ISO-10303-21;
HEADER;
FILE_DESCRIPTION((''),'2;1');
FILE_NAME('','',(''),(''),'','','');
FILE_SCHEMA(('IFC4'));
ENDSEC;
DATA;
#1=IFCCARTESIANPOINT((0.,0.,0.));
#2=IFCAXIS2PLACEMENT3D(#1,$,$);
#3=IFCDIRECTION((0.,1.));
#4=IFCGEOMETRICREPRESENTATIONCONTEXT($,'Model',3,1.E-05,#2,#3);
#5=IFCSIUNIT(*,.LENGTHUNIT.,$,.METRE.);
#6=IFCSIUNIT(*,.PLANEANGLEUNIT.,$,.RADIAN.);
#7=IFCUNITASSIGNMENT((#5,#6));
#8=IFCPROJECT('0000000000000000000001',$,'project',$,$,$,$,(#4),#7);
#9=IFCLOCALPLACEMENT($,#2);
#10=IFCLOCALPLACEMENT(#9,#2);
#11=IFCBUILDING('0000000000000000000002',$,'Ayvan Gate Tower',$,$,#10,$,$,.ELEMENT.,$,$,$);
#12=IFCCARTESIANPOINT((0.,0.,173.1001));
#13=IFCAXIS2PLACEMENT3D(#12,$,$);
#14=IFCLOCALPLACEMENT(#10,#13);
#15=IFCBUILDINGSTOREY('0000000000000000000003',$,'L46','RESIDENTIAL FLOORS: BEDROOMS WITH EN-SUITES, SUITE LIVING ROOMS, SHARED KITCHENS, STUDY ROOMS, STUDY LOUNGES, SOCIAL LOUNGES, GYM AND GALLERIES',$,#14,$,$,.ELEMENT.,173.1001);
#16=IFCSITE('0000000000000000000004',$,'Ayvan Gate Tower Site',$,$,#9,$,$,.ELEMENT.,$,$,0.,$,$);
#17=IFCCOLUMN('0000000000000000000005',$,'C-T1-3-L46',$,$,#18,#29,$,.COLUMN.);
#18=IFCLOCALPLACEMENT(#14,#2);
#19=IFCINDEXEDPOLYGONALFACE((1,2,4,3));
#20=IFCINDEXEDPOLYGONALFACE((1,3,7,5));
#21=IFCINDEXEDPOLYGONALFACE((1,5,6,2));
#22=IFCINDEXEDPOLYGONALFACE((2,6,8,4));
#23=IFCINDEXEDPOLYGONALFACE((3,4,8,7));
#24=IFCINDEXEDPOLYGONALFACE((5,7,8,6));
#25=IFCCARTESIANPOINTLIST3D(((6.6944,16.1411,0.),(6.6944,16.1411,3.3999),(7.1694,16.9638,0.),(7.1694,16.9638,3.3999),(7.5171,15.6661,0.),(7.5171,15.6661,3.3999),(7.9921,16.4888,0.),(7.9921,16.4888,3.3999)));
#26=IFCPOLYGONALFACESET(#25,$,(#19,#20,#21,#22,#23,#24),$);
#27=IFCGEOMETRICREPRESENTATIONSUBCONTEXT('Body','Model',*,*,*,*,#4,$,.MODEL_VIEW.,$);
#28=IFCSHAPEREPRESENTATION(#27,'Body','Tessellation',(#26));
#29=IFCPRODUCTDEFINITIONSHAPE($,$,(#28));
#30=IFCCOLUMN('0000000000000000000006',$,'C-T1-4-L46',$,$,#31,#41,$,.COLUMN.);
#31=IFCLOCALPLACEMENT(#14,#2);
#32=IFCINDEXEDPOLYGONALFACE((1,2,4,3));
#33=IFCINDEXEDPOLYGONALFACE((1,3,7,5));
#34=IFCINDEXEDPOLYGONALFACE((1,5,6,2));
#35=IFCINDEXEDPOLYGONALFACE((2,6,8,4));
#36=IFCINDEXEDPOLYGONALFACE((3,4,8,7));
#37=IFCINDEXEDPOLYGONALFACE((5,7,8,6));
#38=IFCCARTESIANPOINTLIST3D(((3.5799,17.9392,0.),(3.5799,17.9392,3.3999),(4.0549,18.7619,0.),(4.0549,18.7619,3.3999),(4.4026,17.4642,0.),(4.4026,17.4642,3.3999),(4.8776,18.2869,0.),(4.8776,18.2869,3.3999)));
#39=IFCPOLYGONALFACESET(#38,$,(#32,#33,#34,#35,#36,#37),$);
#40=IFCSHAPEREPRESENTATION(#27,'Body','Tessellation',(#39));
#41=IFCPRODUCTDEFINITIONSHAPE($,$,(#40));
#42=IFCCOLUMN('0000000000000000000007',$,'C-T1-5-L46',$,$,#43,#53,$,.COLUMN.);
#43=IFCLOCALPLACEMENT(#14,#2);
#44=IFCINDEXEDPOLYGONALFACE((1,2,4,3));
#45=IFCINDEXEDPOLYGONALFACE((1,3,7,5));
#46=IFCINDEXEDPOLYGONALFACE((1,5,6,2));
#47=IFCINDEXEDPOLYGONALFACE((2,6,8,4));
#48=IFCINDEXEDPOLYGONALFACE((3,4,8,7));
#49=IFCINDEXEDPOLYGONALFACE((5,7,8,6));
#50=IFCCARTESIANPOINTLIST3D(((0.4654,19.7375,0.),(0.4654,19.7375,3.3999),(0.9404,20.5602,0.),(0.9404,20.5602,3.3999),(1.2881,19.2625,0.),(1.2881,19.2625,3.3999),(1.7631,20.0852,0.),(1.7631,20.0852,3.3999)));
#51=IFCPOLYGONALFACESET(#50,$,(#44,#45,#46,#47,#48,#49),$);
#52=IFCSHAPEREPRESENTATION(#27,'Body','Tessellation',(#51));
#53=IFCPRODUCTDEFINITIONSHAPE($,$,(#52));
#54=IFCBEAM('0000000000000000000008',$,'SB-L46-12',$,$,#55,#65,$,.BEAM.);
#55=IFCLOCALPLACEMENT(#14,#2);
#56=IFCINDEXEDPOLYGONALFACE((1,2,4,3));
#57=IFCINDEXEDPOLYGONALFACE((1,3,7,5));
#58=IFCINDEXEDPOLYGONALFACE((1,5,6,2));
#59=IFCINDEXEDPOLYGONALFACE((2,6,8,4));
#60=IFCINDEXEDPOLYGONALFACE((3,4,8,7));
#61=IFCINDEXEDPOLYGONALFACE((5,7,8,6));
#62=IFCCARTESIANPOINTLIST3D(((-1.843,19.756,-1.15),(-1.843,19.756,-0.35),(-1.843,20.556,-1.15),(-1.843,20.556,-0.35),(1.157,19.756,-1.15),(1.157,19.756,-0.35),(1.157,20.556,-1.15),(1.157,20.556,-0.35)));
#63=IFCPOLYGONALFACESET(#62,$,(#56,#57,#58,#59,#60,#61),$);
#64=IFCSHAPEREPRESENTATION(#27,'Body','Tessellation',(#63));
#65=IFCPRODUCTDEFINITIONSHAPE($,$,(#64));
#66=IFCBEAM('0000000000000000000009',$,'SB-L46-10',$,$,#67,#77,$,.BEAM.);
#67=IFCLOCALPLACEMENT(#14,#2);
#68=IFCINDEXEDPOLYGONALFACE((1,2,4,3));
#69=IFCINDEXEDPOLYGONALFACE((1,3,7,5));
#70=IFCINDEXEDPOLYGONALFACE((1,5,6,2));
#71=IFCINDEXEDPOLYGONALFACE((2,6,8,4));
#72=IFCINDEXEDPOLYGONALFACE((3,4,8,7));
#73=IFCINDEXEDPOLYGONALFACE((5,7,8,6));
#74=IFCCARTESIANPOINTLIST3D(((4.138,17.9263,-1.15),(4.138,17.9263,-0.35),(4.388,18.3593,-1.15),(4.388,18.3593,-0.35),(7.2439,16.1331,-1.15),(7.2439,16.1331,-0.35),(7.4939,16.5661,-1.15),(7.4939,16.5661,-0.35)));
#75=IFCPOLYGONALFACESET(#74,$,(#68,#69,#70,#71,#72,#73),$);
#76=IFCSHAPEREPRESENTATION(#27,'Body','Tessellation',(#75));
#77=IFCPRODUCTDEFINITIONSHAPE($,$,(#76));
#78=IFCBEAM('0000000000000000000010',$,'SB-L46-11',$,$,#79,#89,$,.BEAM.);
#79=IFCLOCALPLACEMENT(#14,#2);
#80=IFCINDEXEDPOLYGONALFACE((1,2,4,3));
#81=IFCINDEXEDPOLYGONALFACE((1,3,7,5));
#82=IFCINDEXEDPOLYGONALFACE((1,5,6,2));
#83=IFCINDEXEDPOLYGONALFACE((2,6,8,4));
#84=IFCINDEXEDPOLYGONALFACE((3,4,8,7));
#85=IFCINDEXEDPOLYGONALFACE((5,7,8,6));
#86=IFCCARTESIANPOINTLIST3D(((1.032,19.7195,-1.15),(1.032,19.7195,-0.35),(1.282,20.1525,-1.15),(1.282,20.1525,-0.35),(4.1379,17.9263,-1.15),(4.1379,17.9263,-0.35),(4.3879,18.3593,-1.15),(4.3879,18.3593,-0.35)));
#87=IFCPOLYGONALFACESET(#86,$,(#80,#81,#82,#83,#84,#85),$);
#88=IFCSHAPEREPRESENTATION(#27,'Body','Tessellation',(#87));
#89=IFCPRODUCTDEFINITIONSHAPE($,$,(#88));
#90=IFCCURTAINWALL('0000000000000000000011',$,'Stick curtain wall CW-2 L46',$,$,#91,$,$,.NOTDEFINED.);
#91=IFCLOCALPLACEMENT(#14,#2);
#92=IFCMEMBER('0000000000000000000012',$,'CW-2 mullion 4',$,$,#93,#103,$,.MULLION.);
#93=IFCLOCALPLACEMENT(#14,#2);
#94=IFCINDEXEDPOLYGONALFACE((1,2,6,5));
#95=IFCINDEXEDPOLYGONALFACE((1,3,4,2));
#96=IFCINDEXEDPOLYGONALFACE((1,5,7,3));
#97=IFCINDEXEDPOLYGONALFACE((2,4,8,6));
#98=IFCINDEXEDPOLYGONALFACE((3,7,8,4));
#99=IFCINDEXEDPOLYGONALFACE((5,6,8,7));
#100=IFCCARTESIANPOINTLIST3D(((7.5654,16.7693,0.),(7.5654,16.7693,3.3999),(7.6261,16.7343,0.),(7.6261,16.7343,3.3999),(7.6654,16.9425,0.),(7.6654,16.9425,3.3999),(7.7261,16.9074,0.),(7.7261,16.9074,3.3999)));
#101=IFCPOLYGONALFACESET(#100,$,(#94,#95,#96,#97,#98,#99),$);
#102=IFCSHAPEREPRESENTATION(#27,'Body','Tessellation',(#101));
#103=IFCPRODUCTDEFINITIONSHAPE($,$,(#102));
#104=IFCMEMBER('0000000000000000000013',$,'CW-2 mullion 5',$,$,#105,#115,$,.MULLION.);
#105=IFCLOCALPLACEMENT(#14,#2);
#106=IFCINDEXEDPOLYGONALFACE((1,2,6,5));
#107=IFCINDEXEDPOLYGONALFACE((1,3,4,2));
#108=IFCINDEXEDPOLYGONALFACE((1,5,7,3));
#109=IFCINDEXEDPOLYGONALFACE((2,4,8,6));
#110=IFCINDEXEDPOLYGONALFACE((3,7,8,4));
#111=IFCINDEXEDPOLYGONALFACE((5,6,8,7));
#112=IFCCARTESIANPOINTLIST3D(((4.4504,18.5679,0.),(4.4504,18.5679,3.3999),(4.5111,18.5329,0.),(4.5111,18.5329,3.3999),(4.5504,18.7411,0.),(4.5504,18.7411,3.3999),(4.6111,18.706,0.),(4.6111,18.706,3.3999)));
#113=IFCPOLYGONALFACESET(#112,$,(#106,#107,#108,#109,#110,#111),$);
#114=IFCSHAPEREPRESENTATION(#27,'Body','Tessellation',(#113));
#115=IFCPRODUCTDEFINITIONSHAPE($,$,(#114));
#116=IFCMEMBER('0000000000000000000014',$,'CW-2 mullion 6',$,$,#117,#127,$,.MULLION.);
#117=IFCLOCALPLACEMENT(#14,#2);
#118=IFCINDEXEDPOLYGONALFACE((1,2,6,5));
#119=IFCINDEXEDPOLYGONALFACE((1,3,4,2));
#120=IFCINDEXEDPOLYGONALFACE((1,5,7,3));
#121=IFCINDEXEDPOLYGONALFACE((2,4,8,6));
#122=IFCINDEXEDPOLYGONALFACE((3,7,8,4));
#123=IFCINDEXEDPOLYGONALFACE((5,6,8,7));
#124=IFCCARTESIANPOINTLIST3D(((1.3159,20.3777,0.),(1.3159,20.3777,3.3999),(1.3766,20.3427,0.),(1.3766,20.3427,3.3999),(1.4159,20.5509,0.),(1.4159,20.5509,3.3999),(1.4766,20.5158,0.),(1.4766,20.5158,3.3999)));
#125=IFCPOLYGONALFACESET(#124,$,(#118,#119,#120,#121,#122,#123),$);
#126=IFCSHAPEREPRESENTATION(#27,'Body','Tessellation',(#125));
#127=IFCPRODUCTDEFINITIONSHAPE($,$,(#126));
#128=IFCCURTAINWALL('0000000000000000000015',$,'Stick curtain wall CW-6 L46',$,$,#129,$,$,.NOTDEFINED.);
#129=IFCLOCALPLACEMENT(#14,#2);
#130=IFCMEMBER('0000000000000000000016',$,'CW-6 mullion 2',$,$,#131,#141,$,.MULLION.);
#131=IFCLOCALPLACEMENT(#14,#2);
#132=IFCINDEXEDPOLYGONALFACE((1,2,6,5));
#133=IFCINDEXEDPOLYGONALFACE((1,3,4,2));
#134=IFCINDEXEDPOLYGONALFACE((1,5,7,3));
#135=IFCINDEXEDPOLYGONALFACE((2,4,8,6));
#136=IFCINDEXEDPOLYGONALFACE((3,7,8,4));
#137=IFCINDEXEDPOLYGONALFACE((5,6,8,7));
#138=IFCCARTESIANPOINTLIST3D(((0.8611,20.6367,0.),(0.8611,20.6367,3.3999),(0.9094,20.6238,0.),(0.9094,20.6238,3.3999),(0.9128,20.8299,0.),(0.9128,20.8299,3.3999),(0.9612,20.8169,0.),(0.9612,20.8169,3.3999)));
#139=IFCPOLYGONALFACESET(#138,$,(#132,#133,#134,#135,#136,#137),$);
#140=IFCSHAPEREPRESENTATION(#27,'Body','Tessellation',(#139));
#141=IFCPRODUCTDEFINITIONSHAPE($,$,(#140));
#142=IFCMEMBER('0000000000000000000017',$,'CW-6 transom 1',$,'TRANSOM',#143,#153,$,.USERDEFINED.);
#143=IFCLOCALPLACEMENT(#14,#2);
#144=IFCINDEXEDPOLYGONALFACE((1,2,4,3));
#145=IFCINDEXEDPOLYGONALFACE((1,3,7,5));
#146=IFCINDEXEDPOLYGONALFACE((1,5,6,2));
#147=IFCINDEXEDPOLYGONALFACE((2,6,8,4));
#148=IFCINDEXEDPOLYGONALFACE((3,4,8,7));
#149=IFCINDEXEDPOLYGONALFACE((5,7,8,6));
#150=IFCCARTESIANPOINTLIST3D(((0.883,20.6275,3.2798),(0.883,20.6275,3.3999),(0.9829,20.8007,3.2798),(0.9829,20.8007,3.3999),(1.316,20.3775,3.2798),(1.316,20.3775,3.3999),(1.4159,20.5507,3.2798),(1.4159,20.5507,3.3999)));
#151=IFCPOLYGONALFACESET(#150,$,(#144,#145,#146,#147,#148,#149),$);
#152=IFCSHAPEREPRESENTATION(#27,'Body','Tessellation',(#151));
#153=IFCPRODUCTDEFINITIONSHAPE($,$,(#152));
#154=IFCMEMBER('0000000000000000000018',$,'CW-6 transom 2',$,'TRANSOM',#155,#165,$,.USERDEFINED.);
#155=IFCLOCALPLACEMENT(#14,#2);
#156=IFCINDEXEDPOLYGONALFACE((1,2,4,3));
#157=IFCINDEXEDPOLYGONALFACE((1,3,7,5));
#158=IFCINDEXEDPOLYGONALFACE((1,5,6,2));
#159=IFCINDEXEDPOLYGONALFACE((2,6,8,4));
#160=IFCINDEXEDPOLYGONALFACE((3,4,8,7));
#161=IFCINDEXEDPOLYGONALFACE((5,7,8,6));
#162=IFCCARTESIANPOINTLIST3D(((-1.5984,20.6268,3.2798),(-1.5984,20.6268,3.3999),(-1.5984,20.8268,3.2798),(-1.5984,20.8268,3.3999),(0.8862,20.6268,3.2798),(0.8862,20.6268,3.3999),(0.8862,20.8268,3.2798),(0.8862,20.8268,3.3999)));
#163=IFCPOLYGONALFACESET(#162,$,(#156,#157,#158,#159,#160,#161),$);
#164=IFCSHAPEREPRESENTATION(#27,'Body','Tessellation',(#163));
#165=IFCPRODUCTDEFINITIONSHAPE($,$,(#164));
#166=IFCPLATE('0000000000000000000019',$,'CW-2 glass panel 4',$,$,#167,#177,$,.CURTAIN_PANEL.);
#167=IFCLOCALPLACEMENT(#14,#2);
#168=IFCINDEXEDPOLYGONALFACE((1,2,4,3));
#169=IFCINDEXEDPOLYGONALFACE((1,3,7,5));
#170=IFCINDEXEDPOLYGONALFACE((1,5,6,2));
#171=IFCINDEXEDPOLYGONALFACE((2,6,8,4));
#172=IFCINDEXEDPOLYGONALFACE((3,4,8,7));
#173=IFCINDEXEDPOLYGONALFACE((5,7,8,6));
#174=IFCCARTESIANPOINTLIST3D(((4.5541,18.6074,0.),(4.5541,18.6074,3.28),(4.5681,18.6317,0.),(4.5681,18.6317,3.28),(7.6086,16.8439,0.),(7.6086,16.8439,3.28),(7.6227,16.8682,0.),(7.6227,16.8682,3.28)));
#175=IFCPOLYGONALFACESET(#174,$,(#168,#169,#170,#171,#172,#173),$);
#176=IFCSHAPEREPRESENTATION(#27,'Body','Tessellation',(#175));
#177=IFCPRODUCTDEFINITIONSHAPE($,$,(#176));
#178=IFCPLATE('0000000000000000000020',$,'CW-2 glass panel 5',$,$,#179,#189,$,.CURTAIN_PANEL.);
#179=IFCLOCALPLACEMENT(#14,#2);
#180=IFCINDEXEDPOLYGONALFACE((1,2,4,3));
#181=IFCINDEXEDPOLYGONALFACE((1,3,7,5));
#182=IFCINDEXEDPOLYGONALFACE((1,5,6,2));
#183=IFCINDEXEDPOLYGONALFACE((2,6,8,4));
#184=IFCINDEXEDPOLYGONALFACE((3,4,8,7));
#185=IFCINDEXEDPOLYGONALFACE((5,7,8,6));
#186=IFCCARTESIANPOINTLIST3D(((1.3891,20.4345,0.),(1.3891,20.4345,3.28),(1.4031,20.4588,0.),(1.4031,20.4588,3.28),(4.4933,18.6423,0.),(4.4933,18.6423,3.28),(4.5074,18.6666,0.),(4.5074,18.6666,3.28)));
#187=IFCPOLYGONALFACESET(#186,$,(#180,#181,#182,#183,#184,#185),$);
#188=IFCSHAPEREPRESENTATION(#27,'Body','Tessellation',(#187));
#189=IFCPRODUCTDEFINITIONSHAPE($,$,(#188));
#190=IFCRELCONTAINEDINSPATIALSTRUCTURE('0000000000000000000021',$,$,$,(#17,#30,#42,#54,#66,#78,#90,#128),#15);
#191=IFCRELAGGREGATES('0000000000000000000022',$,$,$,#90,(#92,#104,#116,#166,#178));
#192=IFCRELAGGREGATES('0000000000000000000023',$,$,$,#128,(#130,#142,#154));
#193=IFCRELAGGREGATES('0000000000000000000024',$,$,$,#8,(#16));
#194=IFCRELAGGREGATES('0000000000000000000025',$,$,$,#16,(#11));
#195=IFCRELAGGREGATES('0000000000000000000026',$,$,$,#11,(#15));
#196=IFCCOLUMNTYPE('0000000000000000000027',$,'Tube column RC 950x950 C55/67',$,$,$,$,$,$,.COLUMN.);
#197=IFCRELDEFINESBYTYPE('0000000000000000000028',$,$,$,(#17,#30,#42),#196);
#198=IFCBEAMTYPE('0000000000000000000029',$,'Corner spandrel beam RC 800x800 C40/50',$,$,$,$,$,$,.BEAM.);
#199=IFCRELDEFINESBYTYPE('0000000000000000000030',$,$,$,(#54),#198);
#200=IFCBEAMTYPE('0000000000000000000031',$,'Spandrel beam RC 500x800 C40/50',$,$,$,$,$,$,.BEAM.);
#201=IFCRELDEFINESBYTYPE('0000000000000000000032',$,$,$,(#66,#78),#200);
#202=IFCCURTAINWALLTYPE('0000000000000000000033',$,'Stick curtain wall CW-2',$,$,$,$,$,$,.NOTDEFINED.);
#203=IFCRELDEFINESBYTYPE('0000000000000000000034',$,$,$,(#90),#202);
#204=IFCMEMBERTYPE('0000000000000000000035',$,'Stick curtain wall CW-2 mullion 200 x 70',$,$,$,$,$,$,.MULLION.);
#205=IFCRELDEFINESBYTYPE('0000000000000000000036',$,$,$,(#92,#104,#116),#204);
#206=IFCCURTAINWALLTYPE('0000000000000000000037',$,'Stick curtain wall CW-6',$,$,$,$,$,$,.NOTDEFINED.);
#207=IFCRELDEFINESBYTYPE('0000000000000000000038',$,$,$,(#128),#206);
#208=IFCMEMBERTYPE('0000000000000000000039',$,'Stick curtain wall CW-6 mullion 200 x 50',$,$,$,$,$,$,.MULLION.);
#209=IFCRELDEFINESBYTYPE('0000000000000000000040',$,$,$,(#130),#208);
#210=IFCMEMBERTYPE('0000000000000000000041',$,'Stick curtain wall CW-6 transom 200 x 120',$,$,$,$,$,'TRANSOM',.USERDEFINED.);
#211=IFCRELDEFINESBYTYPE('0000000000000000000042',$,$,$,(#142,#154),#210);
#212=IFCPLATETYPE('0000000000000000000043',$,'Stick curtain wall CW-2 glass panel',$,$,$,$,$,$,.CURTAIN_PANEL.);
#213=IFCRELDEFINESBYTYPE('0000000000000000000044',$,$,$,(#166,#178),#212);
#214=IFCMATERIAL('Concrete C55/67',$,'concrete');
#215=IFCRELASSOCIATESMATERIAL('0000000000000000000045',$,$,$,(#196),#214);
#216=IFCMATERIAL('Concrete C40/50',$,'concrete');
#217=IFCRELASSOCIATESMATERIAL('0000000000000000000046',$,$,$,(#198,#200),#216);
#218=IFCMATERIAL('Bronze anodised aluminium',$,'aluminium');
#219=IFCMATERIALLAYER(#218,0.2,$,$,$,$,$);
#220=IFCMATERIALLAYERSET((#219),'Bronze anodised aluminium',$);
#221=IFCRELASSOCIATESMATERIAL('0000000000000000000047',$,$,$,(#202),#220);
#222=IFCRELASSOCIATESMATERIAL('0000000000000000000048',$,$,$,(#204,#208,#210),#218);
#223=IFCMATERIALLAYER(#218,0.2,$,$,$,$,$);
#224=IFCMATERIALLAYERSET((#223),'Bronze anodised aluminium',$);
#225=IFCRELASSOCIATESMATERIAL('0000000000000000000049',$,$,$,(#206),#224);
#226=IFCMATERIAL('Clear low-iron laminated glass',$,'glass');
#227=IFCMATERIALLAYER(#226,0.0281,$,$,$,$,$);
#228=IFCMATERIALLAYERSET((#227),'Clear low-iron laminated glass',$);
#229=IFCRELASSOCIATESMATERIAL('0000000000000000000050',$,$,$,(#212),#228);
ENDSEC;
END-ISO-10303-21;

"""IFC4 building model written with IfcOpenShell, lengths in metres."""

from ifc_helpers import new_model, si_unit, direction, frame, origin, origin_2d, place, context, subcontext, project, spatial, rectangle, extrude, material, layer, layer_set, material_profile, profile_set, type_object, element, aggregate, save


model = new_model("IFC4")

# Units and contexts
model_context = context("Model", 3, precision=1e-05, world=origin(), true_north=direction((0.0, 1.0)))
body_context = subcontext(model_context, "Body", "Model", "MODEL_VIEW")
ifc_project = project(units=[si_unit("LENGTHUNIT", "METRE"), si_unit("PLANEANGLEUNIT", "RADIAN")], contexts=[model_context])

# Site, building, storey
site_placement = place(None, origin())
site = spatial("IfcSite", under=ifc_project, at=site_placement, Name="Ayvan Gate Tower Site", CompositionType="ELEMENT", RefElevation=0.0)
building_placement = place(site_placement, origin())
building = spatial("IfcBuilding", under=site, at=building_placement, Name="Ayvan Gate Tower", CompositionType="ELEMENT")
storey_placement = place(building_placement, frame((0.0, 0.0, 173.1001)))
storey = spatial("IfcBuildingStorey", under=building, at=storey_placement, Name="L46", Description="RESIDENTIAL FLOORS: BEDROOMS WITH EN-SUITES, SUITE LIVING ROOMS, SHARED KITCHENS, STUDY ROOMS, STUDY LOUNGES, SOCIAL LOUNGES, GYM AND GALLERIES", CompositionType="ELEMENT", Elevation=173.1001)

# Columns
ifc_material_1 = material(Name="Concrete C55/67", Category="concrete")
ifc_material_profile_1 = material_profile(ifc_material_1, rectangle(XDim=0.95, YDim=0.95, at=origin_2d()), Name="RC 950x950")
ifc_profile_set_1 = profile_set([ifc_material_profile_1], Name="Concrete C55/67")
column_type = type_object("IfcColumnType", Name="Tube column RC 950x950 C55/67", PredefinedType="COLUMN", material=ifc_profile_set_1)
for number, where, z_axis, x_axis, name in (
    (1, (7.3433, 16.3149, 0.0), (0.0, 0.0, 1.0), (0.5, 0.866025, 0.0), "C-T1-3-L46"),
    (2, (4.2288, 18.113, 0.0), (0.0, 0.0, 1.0), (0.5, 0.866025, 0.0), "C-T1-4-L46"),
    (3, (1.1143, 19.9114, 0.0), (0.0, 0.0, 1.0), (0.5, 0.866025, 0.0), "C-T1-5-L46"),
):
    element("IfcColumn", number, at=place(storey_placement, frame(where, z_axis=z_axis, x_axis=x_axis)), inside=storey, type_object=column_type, Name=name, PredefinedType="COLUMN", context=body_context, shape_type="SweptSolid", body=[
        extrude(rectangle(XDim=0.95, YDim=0.95, at=origin_2d()), origin(), (0.0, 0.0, 1.0), 3.3999),
    ])

# Beams
ifc_material_2 = material(Name="Concrete C40/50", Category="concrete")
ifc_material_profile_2 = material_profile(ifc_material_2, rectangle(XDim=0.8, YDim=0.8, at=origin_2d()), Name="RC 800x800")
ifc_profile_set_2 = profile_set([ifc_material_profile_2], Name="Concrete C40/50")
beam_type_1 = type_object("IfcBeamType", Name="Corner spandrel beam RC 800x800 C40/50", PredefinedType="BEAM", material=ifc_profile_set_2)
beam_placement = place(storey_placement, frame((1.157, 20.156, -0.75), z_axis=(-1.0, 0.0, 0.0), x_axis=(0.0, -1.0, 0.0)))
element("IfcBeam", 4, at=beam_placement, inside=storey, type_object=beam_type_1, Name="SB-L46-12", PredefinedType="BEAM", context=body_context, shape_type="SweptSolid", body=[
    extrude(rectangle(XDim=0.8, YDim=0.8, at=origin_2d()), origin(), (0.0, 0.0, 1.0), 3.0),
])
ifc_material_profile_3 = material_profile(ifc_material_2, rectangle(XDim=0.5, YDim=0.8, at=origin_2d()), Name="RC 500x800")
ifc_profile_set_3 = profile_set([ifc_material_profile_3], Name="Concrete C40/50")
beam_type_2 = type_object("IfcBeamType", Name="Spandrel beam RC 500x800 C40/50", PredefinedType="BEAM", material=ifc_profile_set_3)
for number, where, z_axis, x_axis, name in (
    (5, (7.3689, 16.3496, -0.75), (-0.866027, 0.499997, 0.0), (-0.499997, -0.866027, 0.0), "SB-L46-10"),
    (6, (4.2629, 18.1428, -0.75), (-0.866027, 0.499997, 0.0), (-0.499997, -0.866027, 0.0), "SB-L46-11"),
):
    element("IfcBeam", number, at=place(storey_placement, frame(where, z_axis=z_axis, x_axis=x_axis)), inside=storey, type_object=beam_type_2, Name=name, PredefinedType="BEAM", context=body_context, shape_type="SweptSolid", body=[
        extrude(rectangle(XDim=0.5, YDim=0.8, at=origin_2d()), origin(), (0.0, 0.0, 1.0), 3.5864),
    ])

# Curtain walls, members
ifc_material_3 = material(Name="Bronze anodised aluminium", Category="aluminium")
ifc_layer_1 = layer(ifc_material_3, 0.2)
ifc_layer_set_1 = layer_set([ifc_layer_1], Name="Bronze anodised aluminium")
curtain_wall_type_1 = type_object("IfcCurtainWallType", Name="Stick curtain wall CW-2", PredefinedType="NOTDEFINED", material=ifc_layer_set_1)
curtain_wall_1_placement = place(storey_placement, origin())
curtain_wall_1 = element("IfcCurtainWall", 7, at=curtain_wall_1_placement, inside=storey, type_object=curtain_wall_type_1, Name="Stick curtain wall CW-2 L46", PredefinedType="NOTDEFINED")
ifc_material_profile_4 = material_profile(ifc_material_3, rectangle(XDim=0.2, YDim=0.0701, at=origin_2d()), Name="Stick curtain wall CW-2 mullion 200 x 70")
ifc_profile_set_4 = profile_set([ifc_material_profile_4], Name="Bronze anodised aluminium")
member_type_1 = type_object("IfcMemberType", Name="Stick curtain wall CW-2 mullion 200 x 70", PredefinedType="MULLION", material=ifc_profile_set_4)
member_1_placement = place(storey_placement, frame((7.6458, 16.8384, 0.0), z_axis=(0.0, 0.0, 1.0), x_axis=(0.5, 0.866025, 0.0)))
member_1 = element("IfcMember", 8, at=member_1_placement, type_object=member_type_1, Name="CW-2 mullion 4", PredefinedType="MULLION", context=body_context, shape_type="SweptSolid", body=[
    extrude(rectangle(XDim=0.2, YDim=0.0701, at=origin_2d()), origin(), (0.0, 0.0, 1.0), 3.3999),
])
member_2_placement = place(storey_placement, frame((4.5308, 18.637, 0.0), z_axis=(0.0, 0.0, 1.0), x_axis=(0.5, 0.866025, 0.0)))
member_2 = element("IfcMember", 9, at=member_2_placement, type_object=member_type_1, Name="CW-2 mullion 5", PredefinedType="MULLION", context=body_context, shape_type="SweptSolid", body=[
    extrude(rectangle(XDim=0.2, YDim=0.0701, at=origin_2d()), origin(), (0.0, 0.0, 1.0), 3.3999),
])
member_3_placement = place(storey_placement, frame((1.3962, 20.4468, 0.0), z_axis=(0.0, 0.0, 1.0), x_axis=(0.5, 0.866025, 0.0)))
member_3 = element("IfcMember", 10, at=member_3_placement, type_object=member_type_1, Name="CW-2 mullion 6", PredefinedType="MULLION", context=body_context, shape_type="SweptSolid", body=[
    extrude(rectangle(XDim=0.2, YDim=0.0701, at=origin_2d()), origin(), (0.0, 0.0, 1.0), 3.3999),
])
ifc_layer_2 = layer(ifc_material_3, 0.2)
ifc_layer_set_2 = layer_set([ifc_layer_2], Name="Bronze anodised aluminium")
curtain_wall_type_2 = type_object("IfcCurtainWallType", Name="Stick curtain wall CW-6", PredefinedType="NOTDEFINED", material=ifc_layer_set_2)
curtain_wall_2_placement = place(storey_placement, origin())
curtain_wall_2 = element("IfcCurtainWall", 11, at=curtain_wall_2_placement, inside=storey, type_object=curtain_wall_type_2, Name="Stick curtain wall CW-6 L46", PredefinedType="NOTDEFINED")
ifc_material_profile_5 = material_profile(ifc_material_3, rectangle(XDim=0.2, YDim=0.05, at=origin_2d()), Name="Stick curtain wall CW-6 mullion 200 x 50")
ifc_profile_set_5 = profile_set([ifc_material_profile_5], Name="Bronze anodised aluminium")
member_type_2 = type_object("IfcMemberType", Name="Stick curtain wall CW-6 mullion 200 x 50", PredefinedType="MULLION", material=ifc_profile_set_5)
member_4_placement = place(storey_placement, frame((0.9111, 20.7268, 0.0), z_axis=(0.0, 0.0, 1.0), x_axis=(0.258819, 0.965926, 0.0)))
member_4 = element("IfcMember", 12, at=member_4_placement, type_object=member_type_2, Name="CW-6 mullion 2", PredefinedType="MULLION", context=body_context, shape_type="SweptSolid", body=[
    extrude(rectangle(XDim=0.2, YDim=0.05, at=origin_2d()), origin(), (0.0, 0.0, 1.0), 3.3999),
])
ifc_material_profile_6 = material_profile(ifc_material_3, rectangle(XDim=0.2, YDim=0.1201, at=origin_2d()), Name="Stick curtain wall CW-6 transom 200 x 120")
ifc_profile_set_6 = profile_set([ifc_material_profile_6], Name="Bronze anodised aluminium")
member_type_3 = type_object("IfcMemberType", Name="Stick curtain wall CW-6 transom 200 x 120", ElementType="TRANSOM", PredefinedType="USERDEFINED", material=ifc_profile_set_6)
member_5_placement = place(storey_placement, frame((1.366, 20.4641, 3.3398), z_axis=(-0.866072, 0.49992, 0.0), x_axis=(-0.49992, -0.866072, 0.0)))
member_5 = element("IfcMember", 13, at=member_5_placement, type_object=member_type_3, Name="CW-6 transom 1", ObjectType="TRANSOM", PredefinedType="USERDEFINED", context=body_context, shape_type="SweptSolid", body=[
    extrude(rectangle(XDim=0.2, YDim=0.1201, at=origin_2d()), origin(), (0.0, 0.0, 1.0), 0.5),
])
member_6_placement = place(storey_placement, frame((0.8862, 20.7268, 3.3398), z_axis=(-1.0, 0.0, 0.0), x_axis=(0.0, -1.0, 0.0)))
member_6 = element("IfcMember", 14, at=member_6_placement, type_object=member_type_3, Name="CW-6 transom 2", ObjectType="TRANSOM", PredefinedType="USERDEFINED", context=body_context, shape_type="SweptSolid", body=[
    extrude(rectangle(XDim=0.2, YDim=0.1201, at=origin_2d()), origin(), (0.0, 0.0, 1.0), 2.4846),
])

# Plates
ifc_material_4 = material(Name="Clear low-iron laminated glass", Category="glass")
ifc_layer_3 = layer(ifc_material_4, 0.0281)
ifc_layer_set_3 = layer_set([ifc_layer_3], Name="Clear low-iron laminated glass")
plate_type_1 = type_object("IfcPlateType", Name="Stick curtain wall CW-2 glass panel", PredefinedType="CURTAIN_PANEL", material=ifc_layer_set_3)
plate_1_placement = place(storey_placement, frame((6.0884, 17.7378, 0.0), z_axis=(0.0, 0.0, 1.0), x_axis=(-0.866025, 0.5, 0.0)))
plate_1 = element("IfcPlate", 15, at=plate_1_placement, type_object=plate_type_1, Name="CW-2 glass panel 4", PredefinedType="CURTAIN_PANEL", context=body_context, shape_type="SweptSolid", body=[
    extrude(rectangle(XDim=3.5271, YDim=0.0281, at=origin_2d()), origin(), (0.0, 0.0, 1.0), 3.28),
])
plate_2_placement = place(storey_placement, frame((2.9482, 19.5505, 0.0), z_axis=(0.0, 0.0, 1.0), x_axis=(-0.866025, 0.5, 0.0)))
plate_2 = element("IfcPlate", 16, at=plate_2_placement, type_object=plate_type_1, Name="CW-2 glass panel 5", PredefinedType="CURTAIN_PANEL", context=body_context, shape_type="SweptSolid", body=[
    extrude(rectangle(XDim=3.5845, YDim=0.0281, at=origin_2d()), origin(), (0.0, 0.0, 1.0), 3.28),
])
aggregate(curtain_wall_1, [member_1, member_2, member_3, plate_1, plate_2])
aggregate(curtain_wall_2, [member_4, member_5, member_6])

save(model, "model.ifc")
